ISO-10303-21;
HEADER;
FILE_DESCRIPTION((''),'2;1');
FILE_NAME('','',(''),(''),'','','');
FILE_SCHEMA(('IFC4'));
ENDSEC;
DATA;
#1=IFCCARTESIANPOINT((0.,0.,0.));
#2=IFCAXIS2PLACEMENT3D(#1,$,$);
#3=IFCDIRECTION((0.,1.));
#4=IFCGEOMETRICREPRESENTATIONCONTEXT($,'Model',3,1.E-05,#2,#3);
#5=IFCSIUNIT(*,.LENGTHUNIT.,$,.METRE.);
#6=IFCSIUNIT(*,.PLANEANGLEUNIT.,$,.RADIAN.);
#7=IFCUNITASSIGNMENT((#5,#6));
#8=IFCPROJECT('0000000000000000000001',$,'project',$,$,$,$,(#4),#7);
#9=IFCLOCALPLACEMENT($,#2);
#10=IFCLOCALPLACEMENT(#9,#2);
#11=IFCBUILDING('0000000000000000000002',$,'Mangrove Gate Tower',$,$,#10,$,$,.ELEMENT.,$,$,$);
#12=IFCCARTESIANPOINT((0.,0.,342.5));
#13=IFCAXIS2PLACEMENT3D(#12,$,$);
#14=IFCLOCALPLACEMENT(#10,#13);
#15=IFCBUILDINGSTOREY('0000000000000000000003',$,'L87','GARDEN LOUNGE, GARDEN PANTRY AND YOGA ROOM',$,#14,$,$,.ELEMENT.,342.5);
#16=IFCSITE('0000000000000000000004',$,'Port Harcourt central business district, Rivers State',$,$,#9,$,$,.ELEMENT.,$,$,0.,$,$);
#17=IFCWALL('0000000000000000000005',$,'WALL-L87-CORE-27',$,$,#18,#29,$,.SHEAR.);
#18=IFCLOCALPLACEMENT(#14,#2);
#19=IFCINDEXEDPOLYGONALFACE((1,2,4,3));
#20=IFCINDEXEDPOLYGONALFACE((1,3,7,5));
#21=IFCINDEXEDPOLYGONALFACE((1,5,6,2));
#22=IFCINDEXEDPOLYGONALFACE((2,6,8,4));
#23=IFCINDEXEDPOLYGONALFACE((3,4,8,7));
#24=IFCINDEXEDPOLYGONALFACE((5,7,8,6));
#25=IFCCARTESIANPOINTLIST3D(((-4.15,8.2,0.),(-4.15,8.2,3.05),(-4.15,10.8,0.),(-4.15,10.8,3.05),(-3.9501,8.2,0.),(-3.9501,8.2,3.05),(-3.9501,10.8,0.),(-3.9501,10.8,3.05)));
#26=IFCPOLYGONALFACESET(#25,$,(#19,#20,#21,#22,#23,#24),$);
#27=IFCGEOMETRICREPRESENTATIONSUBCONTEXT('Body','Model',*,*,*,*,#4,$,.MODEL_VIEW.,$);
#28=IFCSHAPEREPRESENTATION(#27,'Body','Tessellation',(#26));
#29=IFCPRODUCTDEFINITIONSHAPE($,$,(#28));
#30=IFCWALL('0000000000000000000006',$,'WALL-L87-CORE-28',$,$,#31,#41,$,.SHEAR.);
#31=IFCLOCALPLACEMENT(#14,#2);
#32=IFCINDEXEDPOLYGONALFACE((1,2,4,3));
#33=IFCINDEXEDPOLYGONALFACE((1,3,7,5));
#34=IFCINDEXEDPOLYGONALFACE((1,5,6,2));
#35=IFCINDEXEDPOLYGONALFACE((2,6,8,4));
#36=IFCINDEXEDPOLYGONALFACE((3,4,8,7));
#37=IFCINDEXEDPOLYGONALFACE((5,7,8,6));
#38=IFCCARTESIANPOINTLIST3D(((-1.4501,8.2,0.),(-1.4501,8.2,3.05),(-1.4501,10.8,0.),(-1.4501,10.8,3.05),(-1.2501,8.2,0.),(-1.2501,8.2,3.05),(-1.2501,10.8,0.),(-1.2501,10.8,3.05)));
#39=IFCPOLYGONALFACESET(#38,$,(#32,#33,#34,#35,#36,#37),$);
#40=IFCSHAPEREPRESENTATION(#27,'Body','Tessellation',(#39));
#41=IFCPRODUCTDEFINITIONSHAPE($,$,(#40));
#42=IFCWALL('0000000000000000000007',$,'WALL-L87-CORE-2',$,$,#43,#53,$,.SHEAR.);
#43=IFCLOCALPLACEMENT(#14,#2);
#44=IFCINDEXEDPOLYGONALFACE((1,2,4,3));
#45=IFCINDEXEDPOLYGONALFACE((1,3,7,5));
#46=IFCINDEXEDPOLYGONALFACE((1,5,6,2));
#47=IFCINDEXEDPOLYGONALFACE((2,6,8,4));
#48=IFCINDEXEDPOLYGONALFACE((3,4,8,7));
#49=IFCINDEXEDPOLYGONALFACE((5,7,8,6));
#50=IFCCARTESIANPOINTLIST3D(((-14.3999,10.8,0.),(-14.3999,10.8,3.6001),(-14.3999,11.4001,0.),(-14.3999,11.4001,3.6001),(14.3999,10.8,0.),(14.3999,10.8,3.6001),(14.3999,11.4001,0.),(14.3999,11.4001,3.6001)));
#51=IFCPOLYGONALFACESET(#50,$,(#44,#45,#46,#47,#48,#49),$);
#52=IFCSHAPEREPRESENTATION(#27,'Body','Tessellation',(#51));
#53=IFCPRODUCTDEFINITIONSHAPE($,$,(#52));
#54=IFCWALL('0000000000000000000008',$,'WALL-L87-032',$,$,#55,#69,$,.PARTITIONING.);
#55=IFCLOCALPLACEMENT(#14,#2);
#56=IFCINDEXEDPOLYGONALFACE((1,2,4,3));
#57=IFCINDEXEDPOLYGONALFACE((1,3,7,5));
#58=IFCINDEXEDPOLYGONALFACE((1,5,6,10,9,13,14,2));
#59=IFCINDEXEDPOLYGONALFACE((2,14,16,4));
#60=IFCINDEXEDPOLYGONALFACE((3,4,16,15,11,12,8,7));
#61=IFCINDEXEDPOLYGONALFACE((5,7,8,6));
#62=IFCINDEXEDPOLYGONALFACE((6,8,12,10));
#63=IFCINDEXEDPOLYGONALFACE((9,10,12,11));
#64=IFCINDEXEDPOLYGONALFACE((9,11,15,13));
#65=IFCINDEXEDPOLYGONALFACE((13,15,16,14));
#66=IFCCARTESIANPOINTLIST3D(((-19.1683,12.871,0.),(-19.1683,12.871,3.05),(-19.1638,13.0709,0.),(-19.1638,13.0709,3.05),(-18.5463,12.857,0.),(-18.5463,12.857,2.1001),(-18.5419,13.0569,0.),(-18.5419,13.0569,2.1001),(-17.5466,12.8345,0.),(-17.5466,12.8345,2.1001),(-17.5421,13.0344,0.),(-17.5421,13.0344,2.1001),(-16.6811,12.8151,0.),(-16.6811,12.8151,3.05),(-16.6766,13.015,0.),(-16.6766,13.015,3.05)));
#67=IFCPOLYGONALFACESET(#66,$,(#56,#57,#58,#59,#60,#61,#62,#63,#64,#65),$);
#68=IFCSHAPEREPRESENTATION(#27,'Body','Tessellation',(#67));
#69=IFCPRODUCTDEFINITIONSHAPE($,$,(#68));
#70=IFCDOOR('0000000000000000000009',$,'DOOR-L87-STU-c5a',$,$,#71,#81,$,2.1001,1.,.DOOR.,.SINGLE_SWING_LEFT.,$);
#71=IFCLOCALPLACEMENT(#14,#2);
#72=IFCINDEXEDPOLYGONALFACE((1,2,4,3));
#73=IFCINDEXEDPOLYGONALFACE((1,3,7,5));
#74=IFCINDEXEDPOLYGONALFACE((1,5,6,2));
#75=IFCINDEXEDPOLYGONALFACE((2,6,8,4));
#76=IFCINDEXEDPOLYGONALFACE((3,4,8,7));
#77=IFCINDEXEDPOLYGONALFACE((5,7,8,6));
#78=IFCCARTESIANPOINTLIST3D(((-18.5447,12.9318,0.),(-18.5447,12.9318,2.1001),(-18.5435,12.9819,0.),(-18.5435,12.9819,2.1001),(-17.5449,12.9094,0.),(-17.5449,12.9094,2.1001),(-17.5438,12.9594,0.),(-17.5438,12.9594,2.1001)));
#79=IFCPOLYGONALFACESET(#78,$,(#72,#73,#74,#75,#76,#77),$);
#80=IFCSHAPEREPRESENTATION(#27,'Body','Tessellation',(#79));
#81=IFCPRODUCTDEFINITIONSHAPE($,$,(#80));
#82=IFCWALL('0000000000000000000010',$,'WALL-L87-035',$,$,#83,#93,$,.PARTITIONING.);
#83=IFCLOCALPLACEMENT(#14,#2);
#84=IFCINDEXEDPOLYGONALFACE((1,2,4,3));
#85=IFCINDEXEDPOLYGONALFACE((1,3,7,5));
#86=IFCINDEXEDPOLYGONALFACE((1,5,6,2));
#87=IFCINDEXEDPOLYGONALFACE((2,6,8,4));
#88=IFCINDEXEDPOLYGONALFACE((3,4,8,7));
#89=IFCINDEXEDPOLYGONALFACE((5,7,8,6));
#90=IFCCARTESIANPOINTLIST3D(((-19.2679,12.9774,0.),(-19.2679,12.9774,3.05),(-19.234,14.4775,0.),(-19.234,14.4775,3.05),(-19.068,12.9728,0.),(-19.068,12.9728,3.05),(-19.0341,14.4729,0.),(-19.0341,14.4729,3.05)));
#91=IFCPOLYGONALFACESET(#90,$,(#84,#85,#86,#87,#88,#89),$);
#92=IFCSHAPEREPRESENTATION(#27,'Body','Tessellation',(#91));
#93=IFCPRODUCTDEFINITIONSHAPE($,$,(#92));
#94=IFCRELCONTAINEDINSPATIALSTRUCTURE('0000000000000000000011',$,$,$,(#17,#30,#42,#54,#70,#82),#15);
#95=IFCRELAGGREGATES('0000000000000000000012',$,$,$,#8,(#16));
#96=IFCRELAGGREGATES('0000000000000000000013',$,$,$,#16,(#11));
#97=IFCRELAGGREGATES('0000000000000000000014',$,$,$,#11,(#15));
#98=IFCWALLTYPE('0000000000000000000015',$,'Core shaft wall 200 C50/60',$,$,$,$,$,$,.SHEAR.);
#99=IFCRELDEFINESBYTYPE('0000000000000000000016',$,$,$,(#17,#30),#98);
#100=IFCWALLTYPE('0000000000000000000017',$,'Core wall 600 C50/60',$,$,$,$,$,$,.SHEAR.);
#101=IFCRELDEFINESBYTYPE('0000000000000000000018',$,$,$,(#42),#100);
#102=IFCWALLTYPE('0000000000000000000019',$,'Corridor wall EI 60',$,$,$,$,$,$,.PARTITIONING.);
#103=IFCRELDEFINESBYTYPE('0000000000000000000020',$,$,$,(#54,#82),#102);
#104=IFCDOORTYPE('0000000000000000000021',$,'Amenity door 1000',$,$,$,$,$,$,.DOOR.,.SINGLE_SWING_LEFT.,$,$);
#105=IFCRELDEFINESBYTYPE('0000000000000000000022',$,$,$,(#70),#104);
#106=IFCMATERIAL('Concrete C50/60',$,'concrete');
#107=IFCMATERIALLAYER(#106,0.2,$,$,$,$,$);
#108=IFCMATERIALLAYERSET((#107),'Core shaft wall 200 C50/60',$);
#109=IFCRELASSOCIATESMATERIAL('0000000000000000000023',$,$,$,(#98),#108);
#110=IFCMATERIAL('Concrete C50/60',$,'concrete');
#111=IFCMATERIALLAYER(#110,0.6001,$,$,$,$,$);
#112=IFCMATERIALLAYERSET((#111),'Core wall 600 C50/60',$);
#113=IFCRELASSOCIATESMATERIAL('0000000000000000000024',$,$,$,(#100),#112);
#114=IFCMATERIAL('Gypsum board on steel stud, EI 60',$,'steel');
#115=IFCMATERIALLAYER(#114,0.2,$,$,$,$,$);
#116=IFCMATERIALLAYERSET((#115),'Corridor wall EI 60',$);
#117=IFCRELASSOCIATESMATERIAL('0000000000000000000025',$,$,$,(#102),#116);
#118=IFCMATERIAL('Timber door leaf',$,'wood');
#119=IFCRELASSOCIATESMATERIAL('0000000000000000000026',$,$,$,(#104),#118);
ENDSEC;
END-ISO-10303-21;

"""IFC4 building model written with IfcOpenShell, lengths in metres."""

from ifc_helpers import new_model, si_unit, direction, frame, frame_2d, origin, place, context, subcontext, project, spatial, rectangle, extrude, material, layer, layer_set, type_object, element, fill, save


model = new_model("IFC4")

# Units and contexts
model_context = context("Model", 3, precision=1e-05, world=origin(), true_north=direction((0.0, 1.0)))
body_context = subcontext(model_context, "Body", "Model", "MODEL_VIEW")
ifc_project = project(units=[si_unit("LENGTHUNIT", "METRE"), si_unit("PLANEANGLEUNIT", "RADIAN")], contexts=[model_context])

# Site, building, storey
site_placement = place(None, origin())
site = spatial("IfcSite", under=ifc_project, at=site_placement, Name="Port Harcourt central business district, Rivers State", CompositionType="ELEMENT", RefElevation=0.0)
building_placement = place(site_placement, origin())
building = spatial("IfcBuilding", under=site, at=building_placement, Name="Mangrove Gate Tower", CompositionType="ELEMENT")
storey_placement = place(building_placement, frame((0.0, 0.0, 342.5)))
storey = spatial("IfcBuildingStorey", under=building, at=storey_placement, Name="L87", Description="GARDEN LOUNGE, GARDEN PANTRY AND YOGA ROOM", CompositionType="ELEMENT", Elevation=342.5)

# Shared definitions
ifc_material_1 = material(Name="Concrete C50/60", Category="concrete")
ifc_layer_1 = layer(ifc_material_1, 0.2)
ifc_layer_set_1 = layer_set([ifc_layer_1], Name="Core shaft wall 200 C50/60")
wall_type_1 = type_object("IfcWallType", Name="Core shaft wall 200 C50/60", PredefinedType="SHEAR", material=ifc_layer_set_1)

# Walls
for number, where, z_axis, x_axis, name in (
    (1, (-4.05, 8.2, 0.0), (0.0, 0.0, 1.0), (0.0, 1.0, 0.0), "WALL-L87-CORE-27"),
    (2, (-1.3501, 8.2, 0.0), (0.0, 0.0, 1.0), (0.0, 1.0, 0.0), "WALL-L87-CORE-28"),
):
    element("IfcWall", number, at=place(storey_placement, frame(where, z_axis=z_axis, x_axis=x_axis)), inside=storey, type_object=wall_type_1, Name=name, PredefinedType="SHEAR", context=body_context, shape_type="SweptSolid", body=[
        extrude(rectangle(XDim=2.6001, YDim=0.2, at=frame_2d((1.3, 0.0))), origin(), (0.0, 0.0, 1.0), 3.05),
    ])
ifc_material_2 = material(Name="Concrete C50/60", Category="concrete")
ifc_layer_2 = layer(ifc_material_2, 0.6001)
ifc_layer_set_2 = layer_set([ifc_layer_2], Name="Core wall 600 C50/60")
wall_type_2 = type_object("IfcWallType", Name="Core wall 600 C50/60", PredefinedType="SHEAR", material=ifc_layer_set_2)
wall_1_placement = place(storey_placement, frame((-14.3999, 11.1001, 0.0), z_axis=(0.0, 0.0, 1.0), x_axis=(1.0, 0.0, 0.0)))
element("IfcWall", 3, at=wall_1_placement, inside=storey, type_object=wall_type_2, Name="WALL-L87-CORE-2", PredefinedType="SHEAR", context=body_context, shape_type="SweptSolid", body=[
    extrude(rectangle(XDim=28.7998, YDim=0.6001, at=frame_2d((14.3999, 0.0))), origin(), (0.0, 0.0, 1.0), 3.6001),
])

# Wall, opening, door
ifc_material_3 = material(Name="Gypsum board on steel stud, EI 60", Category="steel")
ifc_layer_3 = layer(ifc_material_3, 0.2)
ifc_layer_set_3 = layer_set([ifc_layer_3], Name="Corridor wall EI 60")
wall_type_3 = type_object("IfcWallType", Name="Corridor wall EI 60", PredefinedType="PARTITIONING", material=ifc_layer_set_3)
wall_2_placement = place(storey_placement, frame((-19.166, 12.9709, 0.0), z_axis=(0.0, 0.0, 1.0), x_axis=(0.999747, -0.022474, 0.0)))
wall_2 = element("IfcWall", 4, at=wall_2_placement, inside=storey, type_object=wall_type_3, Name="WALL-L87-032", PredefinedType="PARTITIONING", context=body_context, shape_type="SweptSolid", body=[
    extrude(rectangle(XDim=2.4878, YDim=0.2, at=frame_2d((1.2439, 0.0))), origin(), (0.0, 0.0, 1.0), 3.05),
])
opening_1_placement = place(wall_2_placement, frame((0.6221, 0.0, 0.0)))
opening_1 = element("IfcOpeningElement", 5, at=opening_1_placement, cuts=wall_2, PredefinedType="OPENING", context=body_context, shape_type="SweptSolid", body=[
    extrude(rectangle(XDim=1.0, YDim=2.1001, at=frame_2d((0.5, 1.05))), frame((0.0, 0.1099, 0.0), z_axis=(0.0, -1.0, 0.0), x_axis=(1.0, 0.0, 0.0)), (0.0, 0.0, 1.0), 0.22),
])
ifc_material_4 = material(Name="Timber door leaf", Category="wood")
door_type_1 = type_object("IfcDoorType", Name="Amenity door 1000", OperationType="SINGLE_SWING_LEFT", PredefinedType="DOOR", material=ifc_material_4)
door_1_placement = place(opening_1_placement, origin())
door_1 = element("IfcDoor", 6, at=door_1_placement, inside=storey, type_object=door_type_1, Name="DOOR-L87-STU-c5a", OperationType="SINGLE_SWING_LEFT", OverallHeight=2.1001, OverallWidth=1.0, PredefinedType="DOOR", context=body_context, shape_type="SweptSolid", body=[
    extrude(rectangle(XDim=1.0, YDim=2.1001, at=frame_2d((0.5, 1.05))), frame((0.0, 0.0249, 0.0), z_axis=(0.0, -1.0, 0.0), x_axis=(1.0, 0.0, 0.0)), (0.0, 0.0, 1.0), 0.05),
])
fill(opening_1, door_1)

# Wall
wall_3_placement = place(storey_placement, frame((-19.168, 12.9751, 0.0), z_axis=(0.0, 0.0, 1.0), x_axis=(0.022618, 0.999744, 0.0)))
element("IfcWall", 7, at=wall_3_placement, inside=storey, type_object=wall_type_3, Name="WALL-L87-035", PredefinedType="PARTITIONING", context=body_context, shape_type="SweptSolid", body=[
    extrude(rectangle(XDim=1.5005, YDim=0.2, at=frame_2d((0.7502, 0.0))), origin(), (0.0, 0.0, 1.0), 3.05),
])

save(model, "model.ifc")
